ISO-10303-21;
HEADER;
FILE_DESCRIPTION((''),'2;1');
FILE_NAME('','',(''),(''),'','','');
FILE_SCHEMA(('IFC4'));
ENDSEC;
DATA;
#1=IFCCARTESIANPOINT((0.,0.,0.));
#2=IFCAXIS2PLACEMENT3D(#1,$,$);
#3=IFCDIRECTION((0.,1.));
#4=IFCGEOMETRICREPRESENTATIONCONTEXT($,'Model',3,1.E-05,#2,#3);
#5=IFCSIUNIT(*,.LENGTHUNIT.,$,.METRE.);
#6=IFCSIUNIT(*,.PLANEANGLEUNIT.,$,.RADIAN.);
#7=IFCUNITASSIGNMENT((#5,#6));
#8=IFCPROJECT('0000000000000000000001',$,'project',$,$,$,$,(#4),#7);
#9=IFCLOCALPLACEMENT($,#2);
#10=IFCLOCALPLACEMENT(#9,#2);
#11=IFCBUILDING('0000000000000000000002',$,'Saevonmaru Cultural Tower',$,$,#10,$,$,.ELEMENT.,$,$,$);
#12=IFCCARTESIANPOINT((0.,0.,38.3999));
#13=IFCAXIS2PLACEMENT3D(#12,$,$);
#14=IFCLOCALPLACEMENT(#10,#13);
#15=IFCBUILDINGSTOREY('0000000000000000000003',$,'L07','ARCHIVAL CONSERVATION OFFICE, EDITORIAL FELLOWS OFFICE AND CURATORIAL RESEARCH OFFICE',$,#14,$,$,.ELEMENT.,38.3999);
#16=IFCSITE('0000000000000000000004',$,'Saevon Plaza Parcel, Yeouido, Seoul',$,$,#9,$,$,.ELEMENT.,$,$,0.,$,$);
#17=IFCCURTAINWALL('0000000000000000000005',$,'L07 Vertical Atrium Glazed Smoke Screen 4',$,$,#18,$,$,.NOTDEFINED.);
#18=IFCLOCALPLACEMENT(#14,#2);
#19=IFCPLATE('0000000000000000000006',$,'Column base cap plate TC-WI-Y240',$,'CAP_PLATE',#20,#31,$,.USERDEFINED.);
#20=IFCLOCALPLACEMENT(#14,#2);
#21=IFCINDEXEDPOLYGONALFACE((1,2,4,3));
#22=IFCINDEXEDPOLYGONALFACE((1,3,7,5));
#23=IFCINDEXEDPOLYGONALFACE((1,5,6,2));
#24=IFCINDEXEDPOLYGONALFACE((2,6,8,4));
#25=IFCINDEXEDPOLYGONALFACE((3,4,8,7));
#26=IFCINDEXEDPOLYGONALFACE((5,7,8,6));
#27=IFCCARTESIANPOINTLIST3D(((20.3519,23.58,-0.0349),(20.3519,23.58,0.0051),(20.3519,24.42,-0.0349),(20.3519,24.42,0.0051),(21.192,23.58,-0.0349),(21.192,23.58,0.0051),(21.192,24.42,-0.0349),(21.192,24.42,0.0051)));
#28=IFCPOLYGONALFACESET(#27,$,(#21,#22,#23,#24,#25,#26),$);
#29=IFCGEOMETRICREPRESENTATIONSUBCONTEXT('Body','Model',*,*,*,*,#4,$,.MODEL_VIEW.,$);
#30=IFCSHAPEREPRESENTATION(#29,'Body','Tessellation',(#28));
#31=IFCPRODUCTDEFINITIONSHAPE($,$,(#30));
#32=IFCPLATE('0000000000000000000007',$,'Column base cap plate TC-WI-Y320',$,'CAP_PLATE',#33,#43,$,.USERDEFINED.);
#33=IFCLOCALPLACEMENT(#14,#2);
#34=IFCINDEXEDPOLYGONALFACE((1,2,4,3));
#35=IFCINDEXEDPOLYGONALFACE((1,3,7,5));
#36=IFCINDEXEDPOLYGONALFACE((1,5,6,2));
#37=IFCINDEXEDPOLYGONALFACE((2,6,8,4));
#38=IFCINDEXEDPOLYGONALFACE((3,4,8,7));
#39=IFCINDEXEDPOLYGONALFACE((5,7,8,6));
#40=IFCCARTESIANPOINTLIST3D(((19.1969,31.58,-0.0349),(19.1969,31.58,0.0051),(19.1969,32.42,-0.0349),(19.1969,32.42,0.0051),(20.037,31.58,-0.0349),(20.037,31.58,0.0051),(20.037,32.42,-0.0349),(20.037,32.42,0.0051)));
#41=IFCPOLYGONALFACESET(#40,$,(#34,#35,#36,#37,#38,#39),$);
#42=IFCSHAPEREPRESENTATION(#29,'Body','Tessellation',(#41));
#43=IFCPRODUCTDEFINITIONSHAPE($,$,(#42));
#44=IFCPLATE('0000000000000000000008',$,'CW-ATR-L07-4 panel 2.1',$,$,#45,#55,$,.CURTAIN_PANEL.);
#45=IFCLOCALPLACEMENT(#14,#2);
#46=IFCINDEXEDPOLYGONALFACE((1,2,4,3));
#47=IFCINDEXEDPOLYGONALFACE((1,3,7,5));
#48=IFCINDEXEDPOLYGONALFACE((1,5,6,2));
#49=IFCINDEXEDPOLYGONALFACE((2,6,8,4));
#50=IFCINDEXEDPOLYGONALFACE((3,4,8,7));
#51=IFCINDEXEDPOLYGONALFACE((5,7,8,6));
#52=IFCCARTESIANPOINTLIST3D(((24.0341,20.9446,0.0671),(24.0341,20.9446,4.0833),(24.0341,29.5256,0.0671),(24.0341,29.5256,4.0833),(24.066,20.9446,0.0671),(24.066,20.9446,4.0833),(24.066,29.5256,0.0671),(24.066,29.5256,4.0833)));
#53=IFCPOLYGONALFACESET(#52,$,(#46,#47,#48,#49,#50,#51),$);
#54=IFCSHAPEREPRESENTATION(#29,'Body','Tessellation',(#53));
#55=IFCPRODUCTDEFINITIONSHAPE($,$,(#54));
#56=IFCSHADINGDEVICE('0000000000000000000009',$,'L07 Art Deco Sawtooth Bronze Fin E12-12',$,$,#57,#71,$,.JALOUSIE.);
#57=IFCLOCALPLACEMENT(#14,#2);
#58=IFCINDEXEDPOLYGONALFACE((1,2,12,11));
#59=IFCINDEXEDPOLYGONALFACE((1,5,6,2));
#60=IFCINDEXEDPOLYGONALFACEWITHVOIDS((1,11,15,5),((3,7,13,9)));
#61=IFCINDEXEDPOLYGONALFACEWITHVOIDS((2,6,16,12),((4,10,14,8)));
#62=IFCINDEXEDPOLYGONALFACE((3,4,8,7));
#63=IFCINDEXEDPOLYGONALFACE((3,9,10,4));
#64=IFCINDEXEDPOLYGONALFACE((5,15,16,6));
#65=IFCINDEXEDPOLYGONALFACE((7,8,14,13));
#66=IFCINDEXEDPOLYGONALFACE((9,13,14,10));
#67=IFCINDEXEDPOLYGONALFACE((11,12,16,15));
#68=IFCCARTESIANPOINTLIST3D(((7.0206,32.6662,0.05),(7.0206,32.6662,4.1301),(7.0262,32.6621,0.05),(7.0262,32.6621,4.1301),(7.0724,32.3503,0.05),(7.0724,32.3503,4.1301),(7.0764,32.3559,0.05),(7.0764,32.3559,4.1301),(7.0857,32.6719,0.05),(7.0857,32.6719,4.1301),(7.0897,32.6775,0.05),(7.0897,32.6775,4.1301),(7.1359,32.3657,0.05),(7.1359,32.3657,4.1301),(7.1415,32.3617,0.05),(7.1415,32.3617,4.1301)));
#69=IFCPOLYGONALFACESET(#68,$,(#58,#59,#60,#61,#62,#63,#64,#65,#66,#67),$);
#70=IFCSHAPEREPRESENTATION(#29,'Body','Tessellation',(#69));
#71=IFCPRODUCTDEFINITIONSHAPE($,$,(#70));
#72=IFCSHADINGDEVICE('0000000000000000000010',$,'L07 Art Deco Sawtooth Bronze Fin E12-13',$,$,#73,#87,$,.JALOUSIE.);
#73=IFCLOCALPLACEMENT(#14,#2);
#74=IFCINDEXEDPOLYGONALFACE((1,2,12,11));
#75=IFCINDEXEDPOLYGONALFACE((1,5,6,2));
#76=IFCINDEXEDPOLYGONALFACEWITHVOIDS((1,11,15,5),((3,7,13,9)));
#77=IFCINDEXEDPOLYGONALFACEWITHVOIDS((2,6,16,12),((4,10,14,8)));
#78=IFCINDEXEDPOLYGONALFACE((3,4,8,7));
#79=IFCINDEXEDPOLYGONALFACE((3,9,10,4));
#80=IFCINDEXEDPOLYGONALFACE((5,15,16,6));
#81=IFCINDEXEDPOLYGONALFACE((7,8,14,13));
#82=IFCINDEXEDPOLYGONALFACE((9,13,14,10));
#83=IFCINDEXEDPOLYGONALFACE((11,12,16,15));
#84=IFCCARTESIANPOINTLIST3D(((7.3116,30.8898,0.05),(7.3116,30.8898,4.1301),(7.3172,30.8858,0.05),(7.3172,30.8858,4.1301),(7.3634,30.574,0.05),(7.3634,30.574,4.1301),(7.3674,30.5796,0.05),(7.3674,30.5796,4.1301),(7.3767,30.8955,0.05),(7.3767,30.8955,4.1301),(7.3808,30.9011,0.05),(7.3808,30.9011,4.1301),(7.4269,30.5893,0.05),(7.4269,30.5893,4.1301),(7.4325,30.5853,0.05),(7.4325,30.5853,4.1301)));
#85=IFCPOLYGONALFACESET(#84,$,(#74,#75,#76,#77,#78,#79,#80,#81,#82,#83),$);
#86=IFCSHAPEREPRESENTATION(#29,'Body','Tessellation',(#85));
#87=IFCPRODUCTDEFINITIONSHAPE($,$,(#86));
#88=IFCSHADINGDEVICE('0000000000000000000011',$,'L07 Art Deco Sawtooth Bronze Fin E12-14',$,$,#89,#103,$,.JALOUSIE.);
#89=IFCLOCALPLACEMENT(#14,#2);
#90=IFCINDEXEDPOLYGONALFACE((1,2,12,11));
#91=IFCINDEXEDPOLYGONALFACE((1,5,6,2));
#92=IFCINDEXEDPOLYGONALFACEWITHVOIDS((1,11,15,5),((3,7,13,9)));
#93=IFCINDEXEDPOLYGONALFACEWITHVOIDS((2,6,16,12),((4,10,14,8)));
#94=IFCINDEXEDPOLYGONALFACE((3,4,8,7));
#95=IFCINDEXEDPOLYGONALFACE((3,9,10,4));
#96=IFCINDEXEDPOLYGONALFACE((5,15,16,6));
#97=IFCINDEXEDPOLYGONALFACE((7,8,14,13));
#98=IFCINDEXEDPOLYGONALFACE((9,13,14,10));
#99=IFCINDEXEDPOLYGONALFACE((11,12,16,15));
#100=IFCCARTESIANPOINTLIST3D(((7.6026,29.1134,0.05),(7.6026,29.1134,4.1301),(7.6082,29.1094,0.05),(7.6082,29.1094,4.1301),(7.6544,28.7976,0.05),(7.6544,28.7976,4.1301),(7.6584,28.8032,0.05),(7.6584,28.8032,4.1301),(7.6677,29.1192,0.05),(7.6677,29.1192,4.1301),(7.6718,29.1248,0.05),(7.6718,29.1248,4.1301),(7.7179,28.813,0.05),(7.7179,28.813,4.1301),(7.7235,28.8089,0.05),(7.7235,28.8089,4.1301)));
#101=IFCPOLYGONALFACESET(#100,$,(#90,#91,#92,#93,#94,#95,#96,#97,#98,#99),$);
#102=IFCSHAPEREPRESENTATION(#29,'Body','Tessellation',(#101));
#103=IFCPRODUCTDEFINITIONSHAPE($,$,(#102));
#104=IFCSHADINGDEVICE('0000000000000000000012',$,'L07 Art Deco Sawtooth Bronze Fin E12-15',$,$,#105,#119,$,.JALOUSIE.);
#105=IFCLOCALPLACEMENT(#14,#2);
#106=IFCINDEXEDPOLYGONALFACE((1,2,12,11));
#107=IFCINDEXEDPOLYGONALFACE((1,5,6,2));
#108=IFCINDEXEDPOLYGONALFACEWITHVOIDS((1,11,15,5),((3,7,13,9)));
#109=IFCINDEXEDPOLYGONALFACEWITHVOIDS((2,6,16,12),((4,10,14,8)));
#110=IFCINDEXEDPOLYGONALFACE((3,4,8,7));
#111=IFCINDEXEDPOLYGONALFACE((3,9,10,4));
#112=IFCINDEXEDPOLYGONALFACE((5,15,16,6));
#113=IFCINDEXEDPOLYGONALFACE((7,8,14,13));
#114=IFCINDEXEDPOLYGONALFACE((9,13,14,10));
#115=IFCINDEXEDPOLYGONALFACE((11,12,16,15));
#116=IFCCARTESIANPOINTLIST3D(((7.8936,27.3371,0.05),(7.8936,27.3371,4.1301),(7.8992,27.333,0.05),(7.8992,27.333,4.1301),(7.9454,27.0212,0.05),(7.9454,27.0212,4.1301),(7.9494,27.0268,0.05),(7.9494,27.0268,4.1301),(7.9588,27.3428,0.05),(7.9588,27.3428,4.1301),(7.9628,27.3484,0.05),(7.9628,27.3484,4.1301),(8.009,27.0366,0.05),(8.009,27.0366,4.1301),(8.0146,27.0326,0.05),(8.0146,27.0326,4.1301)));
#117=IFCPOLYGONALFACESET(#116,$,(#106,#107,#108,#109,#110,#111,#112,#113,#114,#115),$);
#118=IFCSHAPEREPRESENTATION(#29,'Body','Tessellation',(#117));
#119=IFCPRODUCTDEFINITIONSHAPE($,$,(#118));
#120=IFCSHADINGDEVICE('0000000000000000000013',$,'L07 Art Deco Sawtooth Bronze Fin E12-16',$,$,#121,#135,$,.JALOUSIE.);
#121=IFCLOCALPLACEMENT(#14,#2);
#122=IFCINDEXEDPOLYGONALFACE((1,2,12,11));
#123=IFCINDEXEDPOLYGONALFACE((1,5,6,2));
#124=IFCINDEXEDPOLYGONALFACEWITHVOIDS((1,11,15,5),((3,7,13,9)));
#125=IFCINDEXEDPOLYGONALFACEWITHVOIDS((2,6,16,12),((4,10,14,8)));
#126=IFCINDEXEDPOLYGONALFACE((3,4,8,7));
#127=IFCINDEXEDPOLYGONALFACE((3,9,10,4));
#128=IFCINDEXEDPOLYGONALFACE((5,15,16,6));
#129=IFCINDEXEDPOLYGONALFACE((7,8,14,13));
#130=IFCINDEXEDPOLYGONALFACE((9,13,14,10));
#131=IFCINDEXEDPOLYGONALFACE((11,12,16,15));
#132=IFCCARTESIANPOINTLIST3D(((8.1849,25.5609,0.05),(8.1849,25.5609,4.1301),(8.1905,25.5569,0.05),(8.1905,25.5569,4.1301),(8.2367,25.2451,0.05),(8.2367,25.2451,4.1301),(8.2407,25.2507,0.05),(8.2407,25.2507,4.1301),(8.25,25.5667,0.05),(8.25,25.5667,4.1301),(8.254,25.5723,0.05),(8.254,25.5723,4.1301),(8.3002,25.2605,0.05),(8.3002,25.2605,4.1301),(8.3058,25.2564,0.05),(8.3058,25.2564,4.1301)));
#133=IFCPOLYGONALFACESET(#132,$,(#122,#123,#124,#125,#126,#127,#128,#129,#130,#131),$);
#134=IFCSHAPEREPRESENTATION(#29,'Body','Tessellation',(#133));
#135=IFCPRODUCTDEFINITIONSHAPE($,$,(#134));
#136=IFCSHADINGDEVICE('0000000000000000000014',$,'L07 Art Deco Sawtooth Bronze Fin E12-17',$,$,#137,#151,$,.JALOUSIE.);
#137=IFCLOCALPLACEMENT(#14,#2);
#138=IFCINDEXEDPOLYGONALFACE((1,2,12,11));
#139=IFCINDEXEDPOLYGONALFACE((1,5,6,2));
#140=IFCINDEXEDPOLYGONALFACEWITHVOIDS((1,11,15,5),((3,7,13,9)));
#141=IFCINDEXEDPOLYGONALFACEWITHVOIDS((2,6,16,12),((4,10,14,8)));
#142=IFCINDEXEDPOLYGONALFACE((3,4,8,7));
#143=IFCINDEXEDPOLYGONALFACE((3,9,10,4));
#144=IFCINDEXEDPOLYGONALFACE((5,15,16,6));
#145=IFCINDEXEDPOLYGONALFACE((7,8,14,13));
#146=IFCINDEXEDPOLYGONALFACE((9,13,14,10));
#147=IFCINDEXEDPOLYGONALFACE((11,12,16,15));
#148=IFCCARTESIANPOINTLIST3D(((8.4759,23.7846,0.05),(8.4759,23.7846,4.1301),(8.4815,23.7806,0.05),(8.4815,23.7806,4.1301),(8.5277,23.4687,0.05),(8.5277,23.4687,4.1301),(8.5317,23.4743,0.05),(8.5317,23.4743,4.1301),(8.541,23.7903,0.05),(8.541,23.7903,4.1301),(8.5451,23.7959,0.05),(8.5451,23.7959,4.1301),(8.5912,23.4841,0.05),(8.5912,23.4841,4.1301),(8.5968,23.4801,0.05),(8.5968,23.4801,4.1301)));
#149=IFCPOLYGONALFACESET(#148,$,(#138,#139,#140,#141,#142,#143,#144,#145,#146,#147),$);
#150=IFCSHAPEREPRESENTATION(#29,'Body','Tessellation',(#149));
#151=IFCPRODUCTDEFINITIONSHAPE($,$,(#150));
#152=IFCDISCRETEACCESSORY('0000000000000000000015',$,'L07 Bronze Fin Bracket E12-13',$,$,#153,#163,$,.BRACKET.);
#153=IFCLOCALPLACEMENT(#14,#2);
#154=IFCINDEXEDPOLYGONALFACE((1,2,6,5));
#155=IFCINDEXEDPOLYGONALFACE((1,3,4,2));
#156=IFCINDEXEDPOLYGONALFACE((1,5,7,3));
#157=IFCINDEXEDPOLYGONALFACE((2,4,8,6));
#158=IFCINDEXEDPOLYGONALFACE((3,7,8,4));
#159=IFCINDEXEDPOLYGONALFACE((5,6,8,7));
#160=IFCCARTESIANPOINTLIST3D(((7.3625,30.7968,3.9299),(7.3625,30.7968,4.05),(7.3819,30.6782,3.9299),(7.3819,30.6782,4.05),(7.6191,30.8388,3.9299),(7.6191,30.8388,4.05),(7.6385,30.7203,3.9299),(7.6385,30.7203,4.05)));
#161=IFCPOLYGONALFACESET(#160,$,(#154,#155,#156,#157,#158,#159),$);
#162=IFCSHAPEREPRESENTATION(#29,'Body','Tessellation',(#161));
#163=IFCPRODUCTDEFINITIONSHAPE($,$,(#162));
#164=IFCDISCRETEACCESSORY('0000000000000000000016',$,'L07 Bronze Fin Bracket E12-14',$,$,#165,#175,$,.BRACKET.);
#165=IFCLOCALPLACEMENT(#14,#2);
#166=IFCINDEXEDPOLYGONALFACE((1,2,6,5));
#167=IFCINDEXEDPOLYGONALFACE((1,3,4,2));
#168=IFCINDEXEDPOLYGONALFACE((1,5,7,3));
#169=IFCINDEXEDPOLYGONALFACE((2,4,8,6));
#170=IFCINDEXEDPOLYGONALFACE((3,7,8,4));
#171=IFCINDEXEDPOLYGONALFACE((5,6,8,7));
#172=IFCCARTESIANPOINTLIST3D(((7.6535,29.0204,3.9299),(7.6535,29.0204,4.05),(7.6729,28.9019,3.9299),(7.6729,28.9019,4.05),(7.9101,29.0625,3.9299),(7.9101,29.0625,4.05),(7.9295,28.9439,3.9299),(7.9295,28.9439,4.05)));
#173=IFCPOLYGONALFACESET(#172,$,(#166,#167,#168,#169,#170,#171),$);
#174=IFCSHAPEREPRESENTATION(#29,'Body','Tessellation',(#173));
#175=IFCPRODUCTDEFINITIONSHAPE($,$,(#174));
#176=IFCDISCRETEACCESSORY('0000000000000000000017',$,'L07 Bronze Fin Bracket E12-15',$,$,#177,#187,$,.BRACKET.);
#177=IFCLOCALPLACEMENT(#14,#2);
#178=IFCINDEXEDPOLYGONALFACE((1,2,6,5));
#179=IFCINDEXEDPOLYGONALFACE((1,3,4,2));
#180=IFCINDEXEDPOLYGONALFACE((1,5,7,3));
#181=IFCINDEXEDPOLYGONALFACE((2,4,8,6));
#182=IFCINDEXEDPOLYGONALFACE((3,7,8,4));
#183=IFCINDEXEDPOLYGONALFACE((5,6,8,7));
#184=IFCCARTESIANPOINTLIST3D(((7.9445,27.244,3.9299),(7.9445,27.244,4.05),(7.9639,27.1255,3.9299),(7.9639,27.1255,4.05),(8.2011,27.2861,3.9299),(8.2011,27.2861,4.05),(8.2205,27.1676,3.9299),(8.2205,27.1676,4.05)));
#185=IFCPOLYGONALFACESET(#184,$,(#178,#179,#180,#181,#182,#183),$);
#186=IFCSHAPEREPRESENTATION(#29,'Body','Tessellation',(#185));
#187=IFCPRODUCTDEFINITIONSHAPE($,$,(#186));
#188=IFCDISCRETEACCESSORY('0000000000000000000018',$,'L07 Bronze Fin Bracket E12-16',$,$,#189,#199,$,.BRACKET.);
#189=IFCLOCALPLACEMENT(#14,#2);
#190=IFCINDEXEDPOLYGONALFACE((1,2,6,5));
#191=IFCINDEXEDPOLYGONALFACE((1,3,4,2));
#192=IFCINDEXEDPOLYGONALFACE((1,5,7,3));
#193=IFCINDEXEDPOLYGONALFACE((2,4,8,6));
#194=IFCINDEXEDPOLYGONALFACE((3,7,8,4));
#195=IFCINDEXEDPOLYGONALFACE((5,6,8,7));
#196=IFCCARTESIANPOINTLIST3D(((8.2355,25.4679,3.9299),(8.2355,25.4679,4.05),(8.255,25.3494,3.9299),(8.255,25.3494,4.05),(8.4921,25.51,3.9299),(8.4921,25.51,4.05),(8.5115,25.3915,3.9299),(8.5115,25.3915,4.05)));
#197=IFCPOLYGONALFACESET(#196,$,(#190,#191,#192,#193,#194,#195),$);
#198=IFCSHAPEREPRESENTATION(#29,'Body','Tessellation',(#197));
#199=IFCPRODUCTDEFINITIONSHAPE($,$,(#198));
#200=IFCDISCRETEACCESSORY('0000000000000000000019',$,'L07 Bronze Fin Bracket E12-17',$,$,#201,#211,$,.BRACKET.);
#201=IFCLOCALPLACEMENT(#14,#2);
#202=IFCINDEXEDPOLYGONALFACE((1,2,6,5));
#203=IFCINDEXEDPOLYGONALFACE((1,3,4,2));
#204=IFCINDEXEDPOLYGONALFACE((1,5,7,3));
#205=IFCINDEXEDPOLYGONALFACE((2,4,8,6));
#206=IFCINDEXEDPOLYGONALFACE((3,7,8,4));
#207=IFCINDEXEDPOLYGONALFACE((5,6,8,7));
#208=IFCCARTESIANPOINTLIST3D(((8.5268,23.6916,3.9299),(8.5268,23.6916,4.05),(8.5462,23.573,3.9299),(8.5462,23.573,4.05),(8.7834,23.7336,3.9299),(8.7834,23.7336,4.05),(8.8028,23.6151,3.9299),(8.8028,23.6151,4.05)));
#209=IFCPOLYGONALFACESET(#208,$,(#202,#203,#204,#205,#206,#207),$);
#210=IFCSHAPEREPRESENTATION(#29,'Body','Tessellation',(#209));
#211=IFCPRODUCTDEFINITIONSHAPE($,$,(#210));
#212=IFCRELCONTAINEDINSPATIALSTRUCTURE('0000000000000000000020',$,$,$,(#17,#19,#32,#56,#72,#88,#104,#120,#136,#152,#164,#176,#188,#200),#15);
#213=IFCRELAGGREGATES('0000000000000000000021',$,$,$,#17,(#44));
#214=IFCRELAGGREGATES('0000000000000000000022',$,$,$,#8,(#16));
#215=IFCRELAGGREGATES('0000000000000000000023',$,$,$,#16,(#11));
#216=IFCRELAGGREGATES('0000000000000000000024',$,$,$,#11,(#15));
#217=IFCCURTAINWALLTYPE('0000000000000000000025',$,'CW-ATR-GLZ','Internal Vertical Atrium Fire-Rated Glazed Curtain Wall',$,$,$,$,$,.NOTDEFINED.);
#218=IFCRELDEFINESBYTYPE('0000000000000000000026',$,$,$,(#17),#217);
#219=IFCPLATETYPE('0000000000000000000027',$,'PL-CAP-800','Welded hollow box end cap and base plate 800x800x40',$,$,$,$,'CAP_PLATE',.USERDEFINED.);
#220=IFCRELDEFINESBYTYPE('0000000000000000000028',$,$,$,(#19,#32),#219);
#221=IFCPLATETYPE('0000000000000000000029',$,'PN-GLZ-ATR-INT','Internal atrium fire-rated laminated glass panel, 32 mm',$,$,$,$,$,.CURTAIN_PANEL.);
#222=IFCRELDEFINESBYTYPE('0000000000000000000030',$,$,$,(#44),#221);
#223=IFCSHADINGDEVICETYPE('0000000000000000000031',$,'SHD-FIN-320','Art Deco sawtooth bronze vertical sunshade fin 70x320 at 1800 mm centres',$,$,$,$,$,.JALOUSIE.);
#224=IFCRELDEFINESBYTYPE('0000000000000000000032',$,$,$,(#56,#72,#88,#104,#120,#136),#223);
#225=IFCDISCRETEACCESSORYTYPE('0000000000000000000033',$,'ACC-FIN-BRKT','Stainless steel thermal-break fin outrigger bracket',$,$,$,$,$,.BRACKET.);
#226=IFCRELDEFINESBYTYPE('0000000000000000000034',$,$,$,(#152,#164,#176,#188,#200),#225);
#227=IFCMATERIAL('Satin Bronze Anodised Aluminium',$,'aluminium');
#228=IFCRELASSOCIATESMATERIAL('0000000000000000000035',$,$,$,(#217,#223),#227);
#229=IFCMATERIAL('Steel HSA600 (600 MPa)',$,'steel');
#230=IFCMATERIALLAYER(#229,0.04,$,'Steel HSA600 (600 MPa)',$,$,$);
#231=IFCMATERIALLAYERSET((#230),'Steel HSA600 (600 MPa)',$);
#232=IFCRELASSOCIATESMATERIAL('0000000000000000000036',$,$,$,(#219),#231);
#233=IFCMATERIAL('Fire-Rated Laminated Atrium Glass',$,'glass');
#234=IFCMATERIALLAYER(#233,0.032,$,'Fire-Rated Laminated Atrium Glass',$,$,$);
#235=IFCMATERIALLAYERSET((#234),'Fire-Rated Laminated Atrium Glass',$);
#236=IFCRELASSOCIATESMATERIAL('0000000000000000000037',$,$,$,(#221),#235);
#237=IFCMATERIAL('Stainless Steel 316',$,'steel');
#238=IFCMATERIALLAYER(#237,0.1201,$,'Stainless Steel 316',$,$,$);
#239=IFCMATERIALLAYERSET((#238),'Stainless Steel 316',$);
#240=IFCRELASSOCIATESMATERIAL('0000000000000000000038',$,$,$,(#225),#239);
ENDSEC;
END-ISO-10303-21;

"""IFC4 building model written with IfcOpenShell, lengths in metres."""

from ifc_helpers import new_model, si_unit, direction, frame, origin, origin_2d, place, context, subcontext, project, spatial, rectangle, hollow_rectangle, extrude, material, layer, layer_set, material_profile, profile_set, type_object, element, aggregate, save


model = new_model("IFC4")

# Units and contexts
model_context = context("Model", 3, precision=1e-05, world=origin(), true_north=direction((0.0, 1.0)))
body_context = subcontext(model_context, "Body", "Model", "MODEL_VIEW")
ifc_project = project(units=[si_unit("LENGTHUNIT", "METRE"), si_unit("PLANEANGLEUNIT", "RADIAN")], contexts=[model_context])

# Site, building, storey
site_placement = place(None, origin())
site = spatial("IfcSite", under=ifc_project, at=site_placement, Name="Saevon Plaza Parcel, Yeouido, Seoul", CompositionType="ELEMENT", RefElevation=0.0)
building_placement = place(site_placement, origin())
building = spatial("IfcBuilding", under=site, at=building_placement, Name="Saevonmaru Cultural Tower", CompositionType="ELEMENT")
storey_placement = place(building_placement, frame((0.0, 0.0, 38.3999)))
storey = spatial("IfcBuildingStorey", under=building, at=storey_placement, Name="L07", Description="ARCHIVAL CONSERVATION OFFICE, EDITORIAL FELLOWS OFFICE AND CURATORIAL RESEARCH OFFICE", CompositionType="ELEMENT", Elevation=38.3999)

# Shared definitions
ifc_material_1 = material(Name="Steel HSA600 (600 MPa)", Category="steel")

# Curtain wall
ifc_material_2 = material(Name="Satin Bronze Anodised Aluminium", Category="aluminium")
curtain_wall_type_1 = type_object("IfcCurtainWallType", Name="CW-ATR-GLZ", Description="Internal Vertical Atrium Fire-Rated Glazed Curtain Wall", PredefinedType="NOTDEFINED", material=ifc_material_2)
curtain_wall_1_placement = place(storey_placement, origin())
curtain_wall_1 = element("IfcCurtainWall", 1, at=curtain_wall_1_placement, inside=storey, type_object=curtain_wall_type_1, Name="L07 Vertical Atrium Glazed Smoke Screen 4", PredefinedType="NOTDEFINED")

# Plates
ifc_layer_1 = layer(ifc_material_1, 0.04, Name="Steel HSA600 (600 MPa)")
ifc_layer_set_1 = layer_set([ifc_layer_1], Name="Steel HSA600 (600 MPa)")
plate_type_1 = type_object("IfcPlateType", Name="PL-CAP-800", Description="Welded hollow box end cap and base plate 800x800x40", ElementType="CAP_PLATE", PredefinedType="USERDEFINED", material=ifc_layer_set_1)
for number, where, z_axis, x_axis, name in (
    (2, (20.772, 24.0, -0.0349), (0.0, 0.0, 1.0), (1.0, 0.0, 0.0), "Column base cap plate TC-WI-Y240"),
    (3, (19.6169, 32.0, -0.0349), (0.0, 0.0, 1.0), (1.0, 0.0, 0.0), "Column base cap plate TC-WI-Y320"),
):
    element("IfcPlate", number, at=place(storey_placement, frame(where, z_axis=z_axis, x_axis=x_axis)), inside=storey, type_object=plate_type_1, Name=name, ObjectType="CAP_PLATE", PredefinedType="USERDEFINED", context=body_context, shape_type="SweptSolid", body=[
        extrude(rectangle(XDim=0.8401, YDim=0.8401, at=origin_2d()), origin(), (0.0, 0.0, 1.0), 0.04),
    ])

# Plate
ifc_material_3 = material(Name="Fire-Rated Laminated Atrium Glass", Category="glass")
ifc_layer_2 = layer(ifc_material_3, 0.032, Name="Fire-Rated Laminated Atrium Glass")
ifc_layer_set_2 = layer_set([ifc_layer_2], Name="Fire-Rated Laminated Atrium Glass")
plate_type_2 = type_object("IfcPlateType", Name="PN-GLZ-ATR-INT", Description="Internal atrium fire-rated laminated glass panel, 32 mm", PredefinedType="CURTAIN_PANEL", material=ifc_layer_set_2)
plate_placement = place(storey_placement, frame((24.05, 25.2351, 0.0671), z_axis=(0.0, 0.0, 1.0), x_axis=(0.0, -1.0, 0.0)))
plate = element("IfcPlate", 4, at=plate_placement, type_object=plate_type_2, Name="CW-ATR-L07-4 panel 2.1", PredefinedType="CURTAIN_PANEL", context=body_context, shape_type="SweptSolid", body=[
    extrude(rectangle(XDim=8.5811, YDim=0.032, at=origin_2d()), origin(), (0.0, 0.0, 1.0), 4.0161),
])
aggregate(curtain_wall_1, [plate])

# Shading devices
ifc_material_profile_1 = material_profile(ifc_material_2, hollow_rectangle(XDim=0.0701, YDim=0.3201, WallThickness=0.0049, at=origin_2d()), Name="FIN-320x70")
ifc_profile_set_1 = profile_set([ifc_material_profile_1], Name="Satin Bronze Anodised Aluminium")
shading_device_type = type_object("IfcShadingDeviceType", Name="SHD-FIN-320", Description="Art Deco sawtooth bronze vertical sunshade fin 70x320 at 1800 mm centres", PredefinedType="JALOUSIE", material=ifc_profile_set_1)
for number, where, z_axis, x_axis, name in (
    (5, (7.0811, 32.5139, 0.05), (0.0, 0.0, 1.0), (-0.986827, -0.161776, 0.0), "L07 Art Deco Sawtooth Bronze Fin E12-12"),
    (6, (7.3721, 30.7375, 0.05), (0.0, 0.0, 1.0), (-0.986827, -0.161776, 0.0), "L07 Art Deco Sawtooth Bronze Fin E12-13"),
    (7, (7.6631, 28.9612, 0.05), (0.0, 0.0, 1.0), (-0.986827, -0.161776, 0.0), "L07 Art Deco Sawtooth Bronze Fin E12-14"),
    (8, (7.9541, 27.1848, 0.05), (0.0, 0.0, 1.0), (-0.986827, -0.161776, 0.0), "L07 Art Deco Sawtooth Bronze Fin E12-15"),
    (9, (8.2454, 25.4087, 0.05), (0.0, 0.0, 1.0), (-0.986827, -0.161776, 0.0), "L07 Art Deco Sawtooth Bronze Fin E12-16"),
    (10, (8.5364, 23.6323, 0.05), (0.0, 0.0, 1.0), (-0.986827, -0.161776, 0.0), "L07 Art Deco Sawtooth Bronze Fin E12-17"),
):
    element("IfcShadingDevice", number, at=place(storey_placement, frame(where, z_axis=z_axis, x_axis=x_axis)), inside=storey, type_object=shading_device_type, Name=name, PredefinedType="JALOUSIE", context=body_context, shape_type="SweptSolid", body=[
        extrude(hollow_rectangle(XDim=0.0701, YDim=0.3201, WallThickness=0.0049, at=origin_2d()), origin(), (0.0, 0.0, 1.0), 4.0801),
    ])

# Discrete accessories
ifc_material_4 = material(Name="Stainless Steel 316", Category="steel")
ifc_layer_3 = layer(ifc_material_4, 0.1201, Name="Stainless Steel 316")
ifc_layer_set_3 = layer_set([ifc_layer_3], Name="Stainless Steel 316")
discrete_accessory_type = type_object("IfcDiscreteAccessoryType", Name="ACC-FIN-BRKT", Description="Stainless steel thermal-break fin outrigger bracket", PredefinedType="BRACKET", material=ifc_layer_set_3)
for number, where, z_axis, x_axis, name in (
    (11, (7.5005, 30.7585, 3.9299), (0.0, 0.0, 1.0), (-0.986827, -0.161776, 0.0), "L07 Bronze Fin Bracket E12-13"),
    (12, (7.7915, 28.9822, 3.9299), (0.0, 0.0, 1.0), (-0.986827, -0.161776, 0.0), "L07 Bronze Fin Bracket E12-14"),
    (13, (8.0825, 27.2058, 3.9299), (0.0, 0.0, 1.0), (-0.986827, -0.161776, 0.0), "L07 Bronze Fin Bracket E12-15"),
    (14, (8.3735, 25.4297, 3.9299), (0.0, 0.0, 1.0), (-0.986827, -0.161776, 0.0), "L07 Bronze Fin Bracket E12-16"),
    (15, (8.6648, 23.6533, 3.9299), (0.0, 0.0, 1.0), (-0.986827, -0.161776, 0.0), "L07 Bronze Fin Bracket E12-17"),
):
    element("IfcDiscreteAccessory", number, at=place(storey_placement, frame(where, z_axis=z_axis, x_axis=x_axis)), inside=storey, type_object=discrete_accessory_type, Name=name, PredefinedType="BRACKET", context=body_context, shape_type="SweptSolid", body=[
        extrude(rectangle(XDim=0.26, YDim=0.1201, at=origin_2d()), origin(), (0.0, 0.0, 1.0), 0.1201),
    ])

save(model, "model.ifc")
